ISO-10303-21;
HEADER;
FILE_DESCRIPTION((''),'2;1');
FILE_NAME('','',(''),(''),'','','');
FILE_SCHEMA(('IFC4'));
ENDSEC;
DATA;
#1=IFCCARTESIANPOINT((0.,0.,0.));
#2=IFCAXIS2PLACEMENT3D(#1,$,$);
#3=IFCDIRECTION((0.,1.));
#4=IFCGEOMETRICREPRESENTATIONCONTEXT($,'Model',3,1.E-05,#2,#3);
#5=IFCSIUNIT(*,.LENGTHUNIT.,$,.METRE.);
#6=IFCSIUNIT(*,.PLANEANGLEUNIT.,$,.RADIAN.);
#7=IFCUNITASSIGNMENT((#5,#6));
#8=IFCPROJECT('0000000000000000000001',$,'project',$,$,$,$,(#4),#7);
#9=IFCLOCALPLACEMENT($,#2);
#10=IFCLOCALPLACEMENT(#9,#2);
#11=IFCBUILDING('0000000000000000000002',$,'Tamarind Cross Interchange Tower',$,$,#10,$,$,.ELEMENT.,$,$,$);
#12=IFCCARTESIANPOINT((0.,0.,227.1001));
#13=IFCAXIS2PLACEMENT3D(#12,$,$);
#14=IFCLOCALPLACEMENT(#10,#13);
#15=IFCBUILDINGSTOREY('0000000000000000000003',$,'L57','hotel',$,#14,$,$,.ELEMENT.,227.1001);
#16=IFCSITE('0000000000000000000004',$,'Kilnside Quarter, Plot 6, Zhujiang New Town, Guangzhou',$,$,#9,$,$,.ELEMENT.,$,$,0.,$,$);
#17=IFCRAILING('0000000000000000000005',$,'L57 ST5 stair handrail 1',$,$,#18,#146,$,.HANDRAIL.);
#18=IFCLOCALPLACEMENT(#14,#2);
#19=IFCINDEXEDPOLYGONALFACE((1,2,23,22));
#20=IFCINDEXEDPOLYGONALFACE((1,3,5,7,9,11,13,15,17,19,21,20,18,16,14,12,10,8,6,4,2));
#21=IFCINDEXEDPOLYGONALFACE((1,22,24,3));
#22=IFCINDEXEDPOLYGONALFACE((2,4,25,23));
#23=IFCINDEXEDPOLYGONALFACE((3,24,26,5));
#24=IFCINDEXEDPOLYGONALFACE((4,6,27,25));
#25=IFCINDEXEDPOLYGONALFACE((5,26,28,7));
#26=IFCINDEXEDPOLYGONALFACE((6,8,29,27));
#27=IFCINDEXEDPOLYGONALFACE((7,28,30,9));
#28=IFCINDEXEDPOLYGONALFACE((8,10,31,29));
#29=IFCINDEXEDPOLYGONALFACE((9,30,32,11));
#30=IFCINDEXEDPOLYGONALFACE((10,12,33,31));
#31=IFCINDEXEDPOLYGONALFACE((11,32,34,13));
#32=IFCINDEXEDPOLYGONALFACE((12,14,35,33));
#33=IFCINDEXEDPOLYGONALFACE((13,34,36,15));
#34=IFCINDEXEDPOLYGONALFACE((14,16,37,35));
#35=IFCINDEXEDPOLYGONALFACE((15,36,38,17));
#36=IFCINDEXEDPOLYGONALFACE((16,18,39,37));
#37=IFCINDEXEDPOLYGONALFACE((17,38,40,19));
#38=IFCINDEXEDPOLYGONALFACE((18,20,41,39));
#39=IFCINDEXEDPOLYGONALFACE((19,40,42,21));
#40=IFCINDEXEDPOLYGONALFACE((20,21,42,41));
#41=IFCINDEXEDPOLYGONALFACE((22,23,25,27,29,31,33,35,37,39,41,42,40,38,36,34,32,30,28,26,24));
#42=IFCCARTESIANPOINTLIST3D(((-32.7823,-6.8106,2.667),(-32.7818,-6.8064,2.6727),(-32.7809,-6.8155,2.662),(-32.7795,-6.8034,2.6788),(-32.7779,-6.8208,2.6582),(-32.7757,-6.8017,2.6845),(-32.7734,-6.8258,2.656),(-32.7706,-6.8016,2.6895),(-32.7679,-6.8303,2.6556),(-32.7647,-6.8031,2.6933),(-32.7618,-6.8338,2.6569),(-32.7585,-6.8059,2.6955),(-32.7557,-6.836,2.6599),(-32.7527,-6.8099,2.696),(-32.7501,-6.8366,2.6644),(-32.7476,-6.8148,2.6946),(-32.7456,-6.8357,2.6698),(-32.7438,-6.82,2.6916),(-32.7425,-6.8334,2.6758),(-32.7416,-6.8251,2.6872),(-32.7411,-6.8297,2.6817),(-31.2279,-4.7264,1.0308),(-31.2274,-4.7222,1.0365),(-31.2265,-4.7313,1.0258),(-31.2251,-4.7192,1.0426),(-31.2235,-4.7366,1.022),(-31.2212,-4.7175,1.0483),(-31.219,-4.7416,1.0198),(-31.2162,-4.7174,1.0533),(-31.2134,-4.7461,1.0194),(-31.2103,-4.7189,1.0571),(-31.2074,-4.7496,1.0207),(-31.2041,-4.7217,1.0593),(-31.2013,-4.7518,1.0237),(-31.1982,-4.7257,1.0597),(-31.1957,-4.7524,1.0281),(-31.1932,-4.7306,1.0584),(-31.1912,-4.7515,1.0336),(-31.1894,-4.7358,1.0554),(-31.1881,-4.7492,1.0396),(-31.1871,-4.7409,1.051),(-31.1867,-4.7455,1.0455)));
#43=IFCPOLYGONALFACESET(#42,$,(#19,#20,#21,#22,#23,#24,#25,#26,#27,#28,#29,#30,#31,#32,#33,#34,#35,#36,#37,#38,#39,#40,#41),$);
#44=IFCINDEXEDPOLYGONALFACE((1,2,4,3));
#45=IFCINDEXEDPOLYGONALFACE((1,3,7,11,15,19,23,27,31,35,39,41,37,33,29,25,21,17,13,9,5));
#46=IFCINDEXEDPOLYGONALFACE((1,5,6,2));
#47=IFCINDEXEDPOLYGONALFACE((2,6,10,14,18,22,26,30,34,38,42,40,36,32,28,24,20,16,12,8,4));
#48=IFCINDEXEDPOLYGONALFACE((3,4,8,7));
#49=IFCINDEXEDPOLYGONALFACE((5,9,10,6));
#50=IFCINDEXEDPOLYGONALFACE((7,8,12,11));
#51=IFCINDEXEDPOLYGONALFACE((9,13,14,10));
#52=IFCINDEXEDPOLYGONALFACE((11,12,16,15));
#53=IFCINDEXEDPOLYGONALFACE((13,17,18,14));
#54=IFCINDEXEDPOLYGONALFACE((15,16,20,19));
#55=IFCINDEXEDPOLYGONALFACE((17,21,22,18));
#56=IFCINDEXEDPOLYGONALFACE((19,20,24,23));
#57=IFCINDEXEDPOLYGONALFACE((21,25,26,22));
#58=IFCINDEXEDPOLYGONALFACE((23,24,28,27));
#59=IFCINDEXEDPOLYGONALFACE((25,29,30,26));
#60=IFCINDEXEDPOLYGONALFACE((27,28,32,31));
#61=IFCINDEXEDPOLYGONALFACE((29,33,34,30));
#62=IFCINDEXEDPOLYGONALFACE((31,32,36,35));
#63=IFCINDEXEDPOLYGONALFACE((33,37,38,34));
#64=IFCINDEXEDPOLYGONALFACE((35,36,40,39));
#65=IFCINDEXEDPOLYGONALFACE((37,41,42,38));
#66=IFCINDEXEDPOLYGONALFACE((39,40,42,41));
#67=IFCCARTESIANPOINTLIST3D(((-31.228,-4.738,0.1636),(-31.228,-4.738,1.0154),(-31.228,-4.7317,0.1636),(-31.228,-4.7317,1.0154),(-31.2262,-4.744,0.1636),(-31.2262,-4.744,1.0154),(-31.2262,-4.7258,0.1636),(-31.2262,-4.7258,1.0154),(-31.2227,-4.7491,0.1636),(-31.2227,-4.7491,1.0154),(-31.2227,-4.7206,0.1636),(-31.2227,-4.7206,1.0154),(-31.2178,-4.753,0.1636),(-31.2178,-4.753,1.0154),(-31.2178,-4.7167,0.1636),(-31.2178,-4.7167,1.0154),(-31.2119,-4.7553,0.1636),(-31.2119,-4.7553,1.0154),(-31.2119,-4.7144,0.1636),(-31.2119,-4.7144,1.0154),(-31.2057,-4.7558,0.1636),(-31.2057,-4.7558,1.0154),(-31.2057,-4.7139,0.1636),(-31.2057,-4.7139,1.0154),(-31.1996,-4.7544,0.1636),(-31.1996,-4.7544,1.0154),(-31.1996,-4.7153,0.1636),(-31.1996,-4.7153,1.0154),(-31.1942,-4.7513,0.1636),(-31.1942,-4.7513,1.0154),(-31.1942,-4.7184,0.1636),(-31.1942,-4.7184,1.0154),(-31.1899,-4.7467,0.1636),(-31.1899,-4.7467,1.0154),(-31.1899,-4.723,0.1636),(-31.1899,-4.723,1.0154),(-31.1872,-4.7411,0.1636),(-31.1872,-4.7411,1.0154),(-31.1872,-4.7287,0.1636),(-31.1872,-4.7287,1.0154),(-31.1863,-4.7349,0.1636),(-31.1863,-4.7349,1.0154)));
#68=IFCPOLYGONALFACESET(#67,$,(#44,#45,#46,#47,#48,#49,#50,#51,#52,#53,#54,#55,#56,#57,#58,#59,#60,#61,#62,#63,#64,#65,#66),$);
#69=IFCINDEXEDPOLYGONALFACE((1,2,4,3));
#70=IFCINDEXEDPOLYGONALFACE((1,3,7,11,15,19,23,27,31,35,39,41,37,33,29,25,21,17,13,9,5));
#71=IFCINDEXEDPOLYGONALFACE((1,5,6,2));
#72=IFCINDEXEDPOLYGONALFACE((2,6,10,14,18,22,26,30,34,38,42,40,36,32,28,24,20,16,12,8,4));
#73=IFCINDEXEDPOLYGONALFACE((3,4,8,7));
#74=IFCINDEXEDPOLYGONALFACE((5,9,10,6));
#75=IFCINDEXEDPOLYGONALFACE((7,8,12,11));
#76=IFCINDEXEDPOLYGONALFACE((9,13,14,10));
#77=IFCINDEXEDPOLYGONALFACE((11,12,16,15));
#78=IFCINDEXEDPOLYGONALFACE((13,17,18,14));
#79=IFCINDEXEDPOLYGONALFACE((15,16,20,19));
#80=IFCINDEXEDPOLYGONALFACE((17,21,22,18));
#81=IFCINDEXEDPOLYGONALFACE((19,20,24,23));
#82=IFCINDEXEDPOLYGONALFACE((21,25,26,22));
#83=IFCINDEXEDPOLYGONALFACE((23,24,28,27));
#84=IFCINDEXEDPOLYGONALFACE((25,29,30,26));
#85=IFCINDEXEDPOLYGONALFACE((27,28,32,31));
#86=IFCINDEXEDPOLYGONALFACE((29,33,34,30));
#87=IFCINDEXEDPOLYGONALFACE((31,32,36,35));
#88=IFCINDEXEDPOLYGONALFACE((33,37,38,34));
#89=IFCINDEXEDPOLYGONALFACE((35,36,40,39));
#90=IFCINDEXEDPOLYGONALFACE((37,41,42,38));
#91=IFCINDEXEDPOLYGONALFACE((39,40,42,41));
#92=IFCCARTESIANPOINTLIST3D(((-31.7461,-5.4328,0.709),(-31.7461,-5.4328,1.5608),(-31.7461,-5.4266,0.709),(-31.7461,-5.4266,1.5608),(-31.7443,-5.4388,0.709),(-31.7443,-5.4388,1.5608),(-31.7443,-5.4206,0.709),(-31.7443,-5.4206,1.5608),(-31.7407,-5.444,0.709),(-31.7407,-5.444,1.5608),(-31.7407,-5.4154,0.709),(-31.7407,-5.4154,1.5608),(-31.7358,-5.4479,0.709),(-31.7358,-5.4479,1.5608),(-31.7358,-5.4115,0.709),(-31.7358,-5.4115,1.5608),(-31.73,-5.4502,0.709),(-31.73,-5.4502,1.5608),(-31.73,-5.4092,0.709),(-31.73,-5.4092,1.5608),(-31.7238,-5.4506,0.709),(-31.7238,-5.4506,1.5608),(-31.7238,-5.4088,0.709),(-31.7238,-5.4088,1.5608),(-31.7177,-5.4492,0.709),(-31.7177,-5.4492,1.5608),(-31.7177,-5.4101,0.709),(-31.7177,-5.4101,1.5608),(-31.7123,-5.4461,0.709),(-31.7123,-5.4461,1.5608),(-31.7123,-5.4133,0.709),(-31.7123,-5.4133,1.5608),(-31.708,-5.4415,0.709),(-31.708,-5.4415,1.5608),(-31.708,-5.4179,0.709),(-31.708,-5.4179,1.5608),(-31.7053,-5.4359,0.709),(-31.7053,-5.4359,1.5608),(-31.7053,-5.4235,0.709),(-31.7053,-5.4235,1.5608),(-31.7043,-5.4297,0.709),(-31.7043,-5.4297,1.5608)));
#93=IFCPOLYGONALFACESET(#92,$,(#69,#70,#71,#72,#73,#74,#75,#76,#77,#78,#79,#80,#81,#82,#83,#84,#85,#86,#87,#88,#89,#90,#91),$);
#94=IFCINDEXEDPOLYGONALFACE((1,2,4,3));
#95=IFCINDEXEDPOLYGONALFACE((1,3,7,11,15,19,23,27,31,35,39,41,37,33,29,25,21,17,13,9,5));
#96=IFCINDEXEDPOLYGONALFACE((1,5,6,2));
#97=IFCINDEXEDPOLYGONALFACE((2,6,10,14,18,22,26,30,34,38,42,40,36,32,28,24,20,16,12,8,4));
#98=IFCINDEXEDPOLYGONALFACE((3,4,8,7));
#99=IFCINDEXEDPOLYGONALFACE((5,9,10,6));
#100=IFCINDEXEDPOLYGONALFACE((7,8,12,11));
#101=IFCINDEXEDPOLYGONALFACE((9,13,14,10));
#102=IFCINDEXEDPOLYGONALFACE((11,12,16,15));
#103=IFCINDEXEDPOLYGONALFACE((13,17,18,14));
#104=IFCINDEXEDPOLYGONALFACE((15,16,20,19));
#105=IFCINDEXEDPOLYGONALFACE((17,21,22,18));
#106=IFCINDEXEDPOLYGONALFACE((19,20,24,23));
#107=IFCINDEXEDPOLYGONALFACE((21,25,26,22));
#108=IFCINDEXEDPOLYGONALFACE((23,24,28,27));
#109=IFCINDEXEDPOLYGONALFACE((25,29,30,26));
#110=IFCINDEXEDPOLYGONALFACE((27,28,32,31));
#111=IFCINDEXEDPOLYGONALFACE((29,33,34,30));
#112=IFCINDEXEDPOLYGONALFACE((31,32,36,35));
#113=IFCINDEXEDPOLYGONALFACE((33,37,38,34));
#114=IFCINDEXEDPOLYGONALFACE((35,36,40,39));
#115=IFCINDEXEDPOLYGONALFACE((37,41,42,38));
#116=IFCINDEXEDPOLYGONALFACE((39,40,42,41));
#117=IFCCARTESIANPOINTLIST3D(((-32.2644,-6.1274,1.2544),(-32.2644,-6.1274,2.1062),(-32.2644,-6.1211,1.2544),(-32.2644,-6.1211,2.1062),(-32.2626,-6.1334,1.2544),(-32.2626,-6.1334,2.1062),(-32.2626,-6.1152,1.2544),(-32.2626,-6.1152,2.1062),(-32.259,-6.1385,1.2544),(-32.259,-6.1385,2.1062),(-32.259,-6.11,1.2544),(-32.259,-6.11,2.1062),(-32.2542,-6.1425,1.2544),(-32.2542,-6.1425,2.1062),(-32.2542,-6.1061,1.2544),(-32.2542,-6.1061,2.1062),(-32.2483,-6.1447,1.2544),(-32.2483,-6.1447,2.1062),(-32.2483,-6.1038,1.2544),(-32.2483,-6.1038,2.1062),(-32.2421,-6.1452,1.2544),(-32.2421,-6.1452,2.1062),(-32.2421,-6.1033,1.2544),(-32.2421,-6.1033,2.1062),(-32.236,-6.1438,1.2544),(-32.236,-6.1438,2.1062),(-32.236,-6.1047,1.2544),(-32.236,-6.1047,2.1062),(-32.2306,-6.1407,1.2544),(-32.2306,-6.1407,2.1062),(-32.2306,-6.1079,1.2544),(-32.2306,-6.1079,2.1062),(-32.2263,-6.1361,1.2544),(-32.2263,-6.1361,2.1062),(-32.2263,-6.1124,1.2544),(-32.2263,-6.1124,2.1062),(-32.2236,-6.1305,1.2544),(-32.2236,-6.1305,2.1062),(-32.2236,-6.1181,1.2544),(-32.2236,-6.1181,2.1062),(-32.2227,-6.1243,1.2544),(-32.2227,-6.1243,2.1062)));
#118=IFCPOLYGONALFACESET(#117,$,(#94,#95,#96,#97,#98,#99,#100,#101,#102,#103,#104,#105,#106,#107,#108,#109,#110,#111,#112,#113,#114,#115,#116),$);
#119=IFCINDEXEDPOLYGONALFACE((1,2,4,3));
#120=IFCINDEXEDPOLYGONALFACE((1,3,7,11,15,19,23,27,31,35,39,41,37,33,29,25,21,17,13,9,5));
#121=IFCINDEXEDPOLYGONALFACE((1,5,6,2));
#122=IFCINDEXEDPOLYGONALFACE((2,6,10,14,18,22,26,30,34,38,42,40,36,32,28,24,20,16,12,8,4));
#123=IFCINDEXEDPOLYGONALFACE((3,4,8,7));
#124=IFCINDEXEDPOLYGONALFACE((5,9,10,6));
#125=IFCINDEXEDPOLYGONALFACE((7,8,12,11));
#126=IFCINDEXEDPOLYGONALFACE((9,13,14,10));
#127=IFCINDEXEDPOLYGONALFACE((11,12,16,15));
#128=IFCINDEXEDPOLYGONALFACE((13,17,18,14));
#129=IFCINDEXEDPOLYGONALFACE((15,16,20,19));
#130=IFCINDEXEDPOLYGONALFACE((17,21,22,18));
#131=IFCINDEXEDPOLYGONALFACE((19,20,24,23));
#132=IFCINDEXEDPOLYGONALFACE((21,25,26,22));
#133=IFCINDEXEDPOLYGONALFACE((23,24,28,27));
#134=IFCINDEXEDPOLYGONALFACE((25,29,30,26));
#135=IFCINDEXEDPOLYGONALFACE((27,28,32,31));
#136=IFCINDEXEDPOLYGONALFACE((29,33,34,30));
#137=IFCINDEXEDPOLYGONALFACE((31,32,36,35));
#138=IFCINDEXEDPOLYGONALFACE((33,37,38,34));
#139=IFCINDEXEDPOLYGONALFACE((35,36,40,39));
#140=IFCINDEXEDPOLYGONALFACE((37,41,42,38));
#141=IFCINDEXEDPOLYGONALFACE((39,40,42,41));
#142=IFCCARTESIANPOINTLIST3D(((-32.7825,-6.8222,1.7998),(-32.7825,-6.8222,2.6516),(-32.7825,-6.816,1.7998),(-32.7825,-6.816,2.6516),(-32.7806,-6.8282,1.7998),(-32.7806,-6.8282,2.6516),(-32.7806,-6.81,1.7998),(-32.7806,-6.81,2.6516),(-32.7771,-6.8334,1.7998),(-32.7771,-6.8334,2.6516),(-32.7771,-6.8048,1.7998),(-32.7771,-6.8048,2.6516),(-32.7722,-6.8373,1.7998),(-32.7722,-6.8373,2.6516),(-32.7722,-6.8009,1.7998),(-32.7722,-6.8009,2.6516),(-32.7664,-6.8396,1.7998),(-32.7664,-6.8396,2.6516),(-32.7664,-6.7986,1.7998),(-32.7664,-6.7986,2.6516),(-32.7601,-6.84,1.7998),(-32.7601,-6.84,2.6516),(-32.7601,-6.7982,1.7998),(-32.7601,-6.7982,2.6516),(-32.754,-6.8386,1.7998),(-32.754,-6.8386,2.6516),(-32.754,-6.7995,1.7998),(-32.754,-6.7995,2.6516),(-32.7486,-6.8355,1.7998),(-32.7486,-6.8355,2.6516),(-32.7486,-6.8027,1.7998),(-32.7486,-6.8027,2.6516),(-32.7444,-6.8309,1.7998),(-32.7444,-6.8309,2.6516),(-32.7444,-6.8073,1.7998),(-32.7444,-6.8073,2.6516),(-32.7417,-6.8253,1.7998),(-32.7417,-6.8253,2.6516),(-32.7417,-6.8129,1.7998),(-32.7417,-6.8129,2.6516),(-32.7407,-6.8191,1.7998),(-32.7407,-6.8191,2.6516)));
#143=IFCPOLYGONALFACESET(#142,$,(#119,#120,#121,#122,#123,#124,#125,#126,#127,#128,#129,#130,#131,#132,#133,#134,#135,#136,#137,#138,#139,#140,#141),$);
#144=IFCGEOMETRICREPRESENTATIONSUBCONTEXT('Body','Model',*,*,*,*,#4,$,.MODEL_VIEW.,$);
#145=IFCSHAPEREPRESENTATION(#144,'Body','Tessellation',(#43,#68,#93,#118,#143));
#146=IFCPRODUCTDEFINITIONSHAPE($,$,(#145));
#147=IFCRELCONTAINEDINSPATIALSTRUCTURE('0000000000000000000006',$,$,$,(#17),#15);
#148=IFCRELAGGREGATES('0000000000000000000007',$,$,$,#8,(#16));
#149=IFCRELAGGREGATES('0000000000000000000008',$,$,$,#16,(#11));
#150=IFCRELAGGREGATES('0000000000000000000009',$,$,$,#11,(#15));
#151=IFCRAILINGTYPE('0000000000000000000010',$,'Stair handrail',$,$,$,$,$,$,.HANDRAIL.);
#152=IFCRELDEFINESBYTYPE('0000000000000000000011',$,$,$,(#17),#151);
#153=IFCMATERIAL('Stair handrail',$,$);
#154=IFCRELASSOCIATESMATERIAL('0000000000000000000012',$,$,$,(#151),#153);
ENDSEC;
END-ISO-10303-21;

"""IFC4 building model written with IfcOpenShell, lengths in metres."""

from ifc_helpers import new_model, si_unit, direction, frame, origin, origin_2d, place, context, subcontext, project, spatial, circle, extrude, material, type_object, element, save


model = new_model("IFC4")

# Units and contexts
model_context = context("Model", 3, precision=1e-05, world=origin(), true_north=direction((0.0, 1.0)))
body_context = subcontext(model_context, "Body", "Model", "MODEL_VIEW")
ifc_project = project(units=[si_unit("LENGTHUNIT", "METRE"), si_unit("PLANEANGLEUNIT", "RADIAN")], contexts=[model_context])

# Site, building, storey
site_placement = place(None, origin())
site = spatial("IfcSite", under=ifc_project, at=site_placement, Name="Kilnside Quarter, Plot 6, Zhujiang New Town, Guangzhou", CompositionType="ELEMENT", RefElevation=0.0)
building_placement = place(site_placement, origin())
building = spatial("IfcBuilding", under=site, at=building_placement, Name="Tamarind Cross Interchange Tower", CompositionType="ELEMENT")
storey_placement = place(building_placement, frame((0.0, 0.0, 227.1001)))
storey = spatial("IfcBuildingStorey", under=building, at=storey_placement, Name="L57", Description="hotel", CompositionType="ELEMENT", Elevation=227.1001)

# Railing
ifc_material_1 = material(Name="Stair handrail")
railing_type_1 = type_object("IfcRailingType", Name="Stair handrail", PredefinedType="HANDRAIL", material=ifc_material_1)
railing_1_placement = place(storey_placement, frame((-31.2073, -4.7349, 0.1636)))
element("IfcRailing", 1, at=railing_1_placement, inside=storey, type_object=railing_type_1, Name="L57 ST5 stair handrail 1", PredefinedType="HANDRAIL", context=body_context, shape_type="SweptSolid", body=[
    extrude(circle(Radius=0.0239, at=origin_2d()), frame((0.0, 0.0, 0.876), z_axis=(-0.505994, -0.678447, 0.532617), x_axis=(0.801608, -0.597849, 0.0)), (0.0, 0.0, 1.0), 3.072),
    extrude(circle(Radius=0.021, at=origin_2d()), origin(), (0.0, 0.0, 1.0), 0.8518),
    extrude(circle(Radius=0.021, at=origin_2d()), frame((-0.5181, -0.6948, 0.5454)), (0.0, 0.0, 1.0), 0.8518),
    extrude(circle(Radius=0.021, at=origin_2d()), frame((-1.0364, -1.3894, 1.0908)), (0.0, 0.0, 1.0), 0.8518),
    extrude(circle(Radius=0.021, at=origin_2d()), frame((-1.5544, -2.0842, 1.6362)), (0.0, 0.0, 1.0), 0.8518),
])

save(model, "model.ifc")
